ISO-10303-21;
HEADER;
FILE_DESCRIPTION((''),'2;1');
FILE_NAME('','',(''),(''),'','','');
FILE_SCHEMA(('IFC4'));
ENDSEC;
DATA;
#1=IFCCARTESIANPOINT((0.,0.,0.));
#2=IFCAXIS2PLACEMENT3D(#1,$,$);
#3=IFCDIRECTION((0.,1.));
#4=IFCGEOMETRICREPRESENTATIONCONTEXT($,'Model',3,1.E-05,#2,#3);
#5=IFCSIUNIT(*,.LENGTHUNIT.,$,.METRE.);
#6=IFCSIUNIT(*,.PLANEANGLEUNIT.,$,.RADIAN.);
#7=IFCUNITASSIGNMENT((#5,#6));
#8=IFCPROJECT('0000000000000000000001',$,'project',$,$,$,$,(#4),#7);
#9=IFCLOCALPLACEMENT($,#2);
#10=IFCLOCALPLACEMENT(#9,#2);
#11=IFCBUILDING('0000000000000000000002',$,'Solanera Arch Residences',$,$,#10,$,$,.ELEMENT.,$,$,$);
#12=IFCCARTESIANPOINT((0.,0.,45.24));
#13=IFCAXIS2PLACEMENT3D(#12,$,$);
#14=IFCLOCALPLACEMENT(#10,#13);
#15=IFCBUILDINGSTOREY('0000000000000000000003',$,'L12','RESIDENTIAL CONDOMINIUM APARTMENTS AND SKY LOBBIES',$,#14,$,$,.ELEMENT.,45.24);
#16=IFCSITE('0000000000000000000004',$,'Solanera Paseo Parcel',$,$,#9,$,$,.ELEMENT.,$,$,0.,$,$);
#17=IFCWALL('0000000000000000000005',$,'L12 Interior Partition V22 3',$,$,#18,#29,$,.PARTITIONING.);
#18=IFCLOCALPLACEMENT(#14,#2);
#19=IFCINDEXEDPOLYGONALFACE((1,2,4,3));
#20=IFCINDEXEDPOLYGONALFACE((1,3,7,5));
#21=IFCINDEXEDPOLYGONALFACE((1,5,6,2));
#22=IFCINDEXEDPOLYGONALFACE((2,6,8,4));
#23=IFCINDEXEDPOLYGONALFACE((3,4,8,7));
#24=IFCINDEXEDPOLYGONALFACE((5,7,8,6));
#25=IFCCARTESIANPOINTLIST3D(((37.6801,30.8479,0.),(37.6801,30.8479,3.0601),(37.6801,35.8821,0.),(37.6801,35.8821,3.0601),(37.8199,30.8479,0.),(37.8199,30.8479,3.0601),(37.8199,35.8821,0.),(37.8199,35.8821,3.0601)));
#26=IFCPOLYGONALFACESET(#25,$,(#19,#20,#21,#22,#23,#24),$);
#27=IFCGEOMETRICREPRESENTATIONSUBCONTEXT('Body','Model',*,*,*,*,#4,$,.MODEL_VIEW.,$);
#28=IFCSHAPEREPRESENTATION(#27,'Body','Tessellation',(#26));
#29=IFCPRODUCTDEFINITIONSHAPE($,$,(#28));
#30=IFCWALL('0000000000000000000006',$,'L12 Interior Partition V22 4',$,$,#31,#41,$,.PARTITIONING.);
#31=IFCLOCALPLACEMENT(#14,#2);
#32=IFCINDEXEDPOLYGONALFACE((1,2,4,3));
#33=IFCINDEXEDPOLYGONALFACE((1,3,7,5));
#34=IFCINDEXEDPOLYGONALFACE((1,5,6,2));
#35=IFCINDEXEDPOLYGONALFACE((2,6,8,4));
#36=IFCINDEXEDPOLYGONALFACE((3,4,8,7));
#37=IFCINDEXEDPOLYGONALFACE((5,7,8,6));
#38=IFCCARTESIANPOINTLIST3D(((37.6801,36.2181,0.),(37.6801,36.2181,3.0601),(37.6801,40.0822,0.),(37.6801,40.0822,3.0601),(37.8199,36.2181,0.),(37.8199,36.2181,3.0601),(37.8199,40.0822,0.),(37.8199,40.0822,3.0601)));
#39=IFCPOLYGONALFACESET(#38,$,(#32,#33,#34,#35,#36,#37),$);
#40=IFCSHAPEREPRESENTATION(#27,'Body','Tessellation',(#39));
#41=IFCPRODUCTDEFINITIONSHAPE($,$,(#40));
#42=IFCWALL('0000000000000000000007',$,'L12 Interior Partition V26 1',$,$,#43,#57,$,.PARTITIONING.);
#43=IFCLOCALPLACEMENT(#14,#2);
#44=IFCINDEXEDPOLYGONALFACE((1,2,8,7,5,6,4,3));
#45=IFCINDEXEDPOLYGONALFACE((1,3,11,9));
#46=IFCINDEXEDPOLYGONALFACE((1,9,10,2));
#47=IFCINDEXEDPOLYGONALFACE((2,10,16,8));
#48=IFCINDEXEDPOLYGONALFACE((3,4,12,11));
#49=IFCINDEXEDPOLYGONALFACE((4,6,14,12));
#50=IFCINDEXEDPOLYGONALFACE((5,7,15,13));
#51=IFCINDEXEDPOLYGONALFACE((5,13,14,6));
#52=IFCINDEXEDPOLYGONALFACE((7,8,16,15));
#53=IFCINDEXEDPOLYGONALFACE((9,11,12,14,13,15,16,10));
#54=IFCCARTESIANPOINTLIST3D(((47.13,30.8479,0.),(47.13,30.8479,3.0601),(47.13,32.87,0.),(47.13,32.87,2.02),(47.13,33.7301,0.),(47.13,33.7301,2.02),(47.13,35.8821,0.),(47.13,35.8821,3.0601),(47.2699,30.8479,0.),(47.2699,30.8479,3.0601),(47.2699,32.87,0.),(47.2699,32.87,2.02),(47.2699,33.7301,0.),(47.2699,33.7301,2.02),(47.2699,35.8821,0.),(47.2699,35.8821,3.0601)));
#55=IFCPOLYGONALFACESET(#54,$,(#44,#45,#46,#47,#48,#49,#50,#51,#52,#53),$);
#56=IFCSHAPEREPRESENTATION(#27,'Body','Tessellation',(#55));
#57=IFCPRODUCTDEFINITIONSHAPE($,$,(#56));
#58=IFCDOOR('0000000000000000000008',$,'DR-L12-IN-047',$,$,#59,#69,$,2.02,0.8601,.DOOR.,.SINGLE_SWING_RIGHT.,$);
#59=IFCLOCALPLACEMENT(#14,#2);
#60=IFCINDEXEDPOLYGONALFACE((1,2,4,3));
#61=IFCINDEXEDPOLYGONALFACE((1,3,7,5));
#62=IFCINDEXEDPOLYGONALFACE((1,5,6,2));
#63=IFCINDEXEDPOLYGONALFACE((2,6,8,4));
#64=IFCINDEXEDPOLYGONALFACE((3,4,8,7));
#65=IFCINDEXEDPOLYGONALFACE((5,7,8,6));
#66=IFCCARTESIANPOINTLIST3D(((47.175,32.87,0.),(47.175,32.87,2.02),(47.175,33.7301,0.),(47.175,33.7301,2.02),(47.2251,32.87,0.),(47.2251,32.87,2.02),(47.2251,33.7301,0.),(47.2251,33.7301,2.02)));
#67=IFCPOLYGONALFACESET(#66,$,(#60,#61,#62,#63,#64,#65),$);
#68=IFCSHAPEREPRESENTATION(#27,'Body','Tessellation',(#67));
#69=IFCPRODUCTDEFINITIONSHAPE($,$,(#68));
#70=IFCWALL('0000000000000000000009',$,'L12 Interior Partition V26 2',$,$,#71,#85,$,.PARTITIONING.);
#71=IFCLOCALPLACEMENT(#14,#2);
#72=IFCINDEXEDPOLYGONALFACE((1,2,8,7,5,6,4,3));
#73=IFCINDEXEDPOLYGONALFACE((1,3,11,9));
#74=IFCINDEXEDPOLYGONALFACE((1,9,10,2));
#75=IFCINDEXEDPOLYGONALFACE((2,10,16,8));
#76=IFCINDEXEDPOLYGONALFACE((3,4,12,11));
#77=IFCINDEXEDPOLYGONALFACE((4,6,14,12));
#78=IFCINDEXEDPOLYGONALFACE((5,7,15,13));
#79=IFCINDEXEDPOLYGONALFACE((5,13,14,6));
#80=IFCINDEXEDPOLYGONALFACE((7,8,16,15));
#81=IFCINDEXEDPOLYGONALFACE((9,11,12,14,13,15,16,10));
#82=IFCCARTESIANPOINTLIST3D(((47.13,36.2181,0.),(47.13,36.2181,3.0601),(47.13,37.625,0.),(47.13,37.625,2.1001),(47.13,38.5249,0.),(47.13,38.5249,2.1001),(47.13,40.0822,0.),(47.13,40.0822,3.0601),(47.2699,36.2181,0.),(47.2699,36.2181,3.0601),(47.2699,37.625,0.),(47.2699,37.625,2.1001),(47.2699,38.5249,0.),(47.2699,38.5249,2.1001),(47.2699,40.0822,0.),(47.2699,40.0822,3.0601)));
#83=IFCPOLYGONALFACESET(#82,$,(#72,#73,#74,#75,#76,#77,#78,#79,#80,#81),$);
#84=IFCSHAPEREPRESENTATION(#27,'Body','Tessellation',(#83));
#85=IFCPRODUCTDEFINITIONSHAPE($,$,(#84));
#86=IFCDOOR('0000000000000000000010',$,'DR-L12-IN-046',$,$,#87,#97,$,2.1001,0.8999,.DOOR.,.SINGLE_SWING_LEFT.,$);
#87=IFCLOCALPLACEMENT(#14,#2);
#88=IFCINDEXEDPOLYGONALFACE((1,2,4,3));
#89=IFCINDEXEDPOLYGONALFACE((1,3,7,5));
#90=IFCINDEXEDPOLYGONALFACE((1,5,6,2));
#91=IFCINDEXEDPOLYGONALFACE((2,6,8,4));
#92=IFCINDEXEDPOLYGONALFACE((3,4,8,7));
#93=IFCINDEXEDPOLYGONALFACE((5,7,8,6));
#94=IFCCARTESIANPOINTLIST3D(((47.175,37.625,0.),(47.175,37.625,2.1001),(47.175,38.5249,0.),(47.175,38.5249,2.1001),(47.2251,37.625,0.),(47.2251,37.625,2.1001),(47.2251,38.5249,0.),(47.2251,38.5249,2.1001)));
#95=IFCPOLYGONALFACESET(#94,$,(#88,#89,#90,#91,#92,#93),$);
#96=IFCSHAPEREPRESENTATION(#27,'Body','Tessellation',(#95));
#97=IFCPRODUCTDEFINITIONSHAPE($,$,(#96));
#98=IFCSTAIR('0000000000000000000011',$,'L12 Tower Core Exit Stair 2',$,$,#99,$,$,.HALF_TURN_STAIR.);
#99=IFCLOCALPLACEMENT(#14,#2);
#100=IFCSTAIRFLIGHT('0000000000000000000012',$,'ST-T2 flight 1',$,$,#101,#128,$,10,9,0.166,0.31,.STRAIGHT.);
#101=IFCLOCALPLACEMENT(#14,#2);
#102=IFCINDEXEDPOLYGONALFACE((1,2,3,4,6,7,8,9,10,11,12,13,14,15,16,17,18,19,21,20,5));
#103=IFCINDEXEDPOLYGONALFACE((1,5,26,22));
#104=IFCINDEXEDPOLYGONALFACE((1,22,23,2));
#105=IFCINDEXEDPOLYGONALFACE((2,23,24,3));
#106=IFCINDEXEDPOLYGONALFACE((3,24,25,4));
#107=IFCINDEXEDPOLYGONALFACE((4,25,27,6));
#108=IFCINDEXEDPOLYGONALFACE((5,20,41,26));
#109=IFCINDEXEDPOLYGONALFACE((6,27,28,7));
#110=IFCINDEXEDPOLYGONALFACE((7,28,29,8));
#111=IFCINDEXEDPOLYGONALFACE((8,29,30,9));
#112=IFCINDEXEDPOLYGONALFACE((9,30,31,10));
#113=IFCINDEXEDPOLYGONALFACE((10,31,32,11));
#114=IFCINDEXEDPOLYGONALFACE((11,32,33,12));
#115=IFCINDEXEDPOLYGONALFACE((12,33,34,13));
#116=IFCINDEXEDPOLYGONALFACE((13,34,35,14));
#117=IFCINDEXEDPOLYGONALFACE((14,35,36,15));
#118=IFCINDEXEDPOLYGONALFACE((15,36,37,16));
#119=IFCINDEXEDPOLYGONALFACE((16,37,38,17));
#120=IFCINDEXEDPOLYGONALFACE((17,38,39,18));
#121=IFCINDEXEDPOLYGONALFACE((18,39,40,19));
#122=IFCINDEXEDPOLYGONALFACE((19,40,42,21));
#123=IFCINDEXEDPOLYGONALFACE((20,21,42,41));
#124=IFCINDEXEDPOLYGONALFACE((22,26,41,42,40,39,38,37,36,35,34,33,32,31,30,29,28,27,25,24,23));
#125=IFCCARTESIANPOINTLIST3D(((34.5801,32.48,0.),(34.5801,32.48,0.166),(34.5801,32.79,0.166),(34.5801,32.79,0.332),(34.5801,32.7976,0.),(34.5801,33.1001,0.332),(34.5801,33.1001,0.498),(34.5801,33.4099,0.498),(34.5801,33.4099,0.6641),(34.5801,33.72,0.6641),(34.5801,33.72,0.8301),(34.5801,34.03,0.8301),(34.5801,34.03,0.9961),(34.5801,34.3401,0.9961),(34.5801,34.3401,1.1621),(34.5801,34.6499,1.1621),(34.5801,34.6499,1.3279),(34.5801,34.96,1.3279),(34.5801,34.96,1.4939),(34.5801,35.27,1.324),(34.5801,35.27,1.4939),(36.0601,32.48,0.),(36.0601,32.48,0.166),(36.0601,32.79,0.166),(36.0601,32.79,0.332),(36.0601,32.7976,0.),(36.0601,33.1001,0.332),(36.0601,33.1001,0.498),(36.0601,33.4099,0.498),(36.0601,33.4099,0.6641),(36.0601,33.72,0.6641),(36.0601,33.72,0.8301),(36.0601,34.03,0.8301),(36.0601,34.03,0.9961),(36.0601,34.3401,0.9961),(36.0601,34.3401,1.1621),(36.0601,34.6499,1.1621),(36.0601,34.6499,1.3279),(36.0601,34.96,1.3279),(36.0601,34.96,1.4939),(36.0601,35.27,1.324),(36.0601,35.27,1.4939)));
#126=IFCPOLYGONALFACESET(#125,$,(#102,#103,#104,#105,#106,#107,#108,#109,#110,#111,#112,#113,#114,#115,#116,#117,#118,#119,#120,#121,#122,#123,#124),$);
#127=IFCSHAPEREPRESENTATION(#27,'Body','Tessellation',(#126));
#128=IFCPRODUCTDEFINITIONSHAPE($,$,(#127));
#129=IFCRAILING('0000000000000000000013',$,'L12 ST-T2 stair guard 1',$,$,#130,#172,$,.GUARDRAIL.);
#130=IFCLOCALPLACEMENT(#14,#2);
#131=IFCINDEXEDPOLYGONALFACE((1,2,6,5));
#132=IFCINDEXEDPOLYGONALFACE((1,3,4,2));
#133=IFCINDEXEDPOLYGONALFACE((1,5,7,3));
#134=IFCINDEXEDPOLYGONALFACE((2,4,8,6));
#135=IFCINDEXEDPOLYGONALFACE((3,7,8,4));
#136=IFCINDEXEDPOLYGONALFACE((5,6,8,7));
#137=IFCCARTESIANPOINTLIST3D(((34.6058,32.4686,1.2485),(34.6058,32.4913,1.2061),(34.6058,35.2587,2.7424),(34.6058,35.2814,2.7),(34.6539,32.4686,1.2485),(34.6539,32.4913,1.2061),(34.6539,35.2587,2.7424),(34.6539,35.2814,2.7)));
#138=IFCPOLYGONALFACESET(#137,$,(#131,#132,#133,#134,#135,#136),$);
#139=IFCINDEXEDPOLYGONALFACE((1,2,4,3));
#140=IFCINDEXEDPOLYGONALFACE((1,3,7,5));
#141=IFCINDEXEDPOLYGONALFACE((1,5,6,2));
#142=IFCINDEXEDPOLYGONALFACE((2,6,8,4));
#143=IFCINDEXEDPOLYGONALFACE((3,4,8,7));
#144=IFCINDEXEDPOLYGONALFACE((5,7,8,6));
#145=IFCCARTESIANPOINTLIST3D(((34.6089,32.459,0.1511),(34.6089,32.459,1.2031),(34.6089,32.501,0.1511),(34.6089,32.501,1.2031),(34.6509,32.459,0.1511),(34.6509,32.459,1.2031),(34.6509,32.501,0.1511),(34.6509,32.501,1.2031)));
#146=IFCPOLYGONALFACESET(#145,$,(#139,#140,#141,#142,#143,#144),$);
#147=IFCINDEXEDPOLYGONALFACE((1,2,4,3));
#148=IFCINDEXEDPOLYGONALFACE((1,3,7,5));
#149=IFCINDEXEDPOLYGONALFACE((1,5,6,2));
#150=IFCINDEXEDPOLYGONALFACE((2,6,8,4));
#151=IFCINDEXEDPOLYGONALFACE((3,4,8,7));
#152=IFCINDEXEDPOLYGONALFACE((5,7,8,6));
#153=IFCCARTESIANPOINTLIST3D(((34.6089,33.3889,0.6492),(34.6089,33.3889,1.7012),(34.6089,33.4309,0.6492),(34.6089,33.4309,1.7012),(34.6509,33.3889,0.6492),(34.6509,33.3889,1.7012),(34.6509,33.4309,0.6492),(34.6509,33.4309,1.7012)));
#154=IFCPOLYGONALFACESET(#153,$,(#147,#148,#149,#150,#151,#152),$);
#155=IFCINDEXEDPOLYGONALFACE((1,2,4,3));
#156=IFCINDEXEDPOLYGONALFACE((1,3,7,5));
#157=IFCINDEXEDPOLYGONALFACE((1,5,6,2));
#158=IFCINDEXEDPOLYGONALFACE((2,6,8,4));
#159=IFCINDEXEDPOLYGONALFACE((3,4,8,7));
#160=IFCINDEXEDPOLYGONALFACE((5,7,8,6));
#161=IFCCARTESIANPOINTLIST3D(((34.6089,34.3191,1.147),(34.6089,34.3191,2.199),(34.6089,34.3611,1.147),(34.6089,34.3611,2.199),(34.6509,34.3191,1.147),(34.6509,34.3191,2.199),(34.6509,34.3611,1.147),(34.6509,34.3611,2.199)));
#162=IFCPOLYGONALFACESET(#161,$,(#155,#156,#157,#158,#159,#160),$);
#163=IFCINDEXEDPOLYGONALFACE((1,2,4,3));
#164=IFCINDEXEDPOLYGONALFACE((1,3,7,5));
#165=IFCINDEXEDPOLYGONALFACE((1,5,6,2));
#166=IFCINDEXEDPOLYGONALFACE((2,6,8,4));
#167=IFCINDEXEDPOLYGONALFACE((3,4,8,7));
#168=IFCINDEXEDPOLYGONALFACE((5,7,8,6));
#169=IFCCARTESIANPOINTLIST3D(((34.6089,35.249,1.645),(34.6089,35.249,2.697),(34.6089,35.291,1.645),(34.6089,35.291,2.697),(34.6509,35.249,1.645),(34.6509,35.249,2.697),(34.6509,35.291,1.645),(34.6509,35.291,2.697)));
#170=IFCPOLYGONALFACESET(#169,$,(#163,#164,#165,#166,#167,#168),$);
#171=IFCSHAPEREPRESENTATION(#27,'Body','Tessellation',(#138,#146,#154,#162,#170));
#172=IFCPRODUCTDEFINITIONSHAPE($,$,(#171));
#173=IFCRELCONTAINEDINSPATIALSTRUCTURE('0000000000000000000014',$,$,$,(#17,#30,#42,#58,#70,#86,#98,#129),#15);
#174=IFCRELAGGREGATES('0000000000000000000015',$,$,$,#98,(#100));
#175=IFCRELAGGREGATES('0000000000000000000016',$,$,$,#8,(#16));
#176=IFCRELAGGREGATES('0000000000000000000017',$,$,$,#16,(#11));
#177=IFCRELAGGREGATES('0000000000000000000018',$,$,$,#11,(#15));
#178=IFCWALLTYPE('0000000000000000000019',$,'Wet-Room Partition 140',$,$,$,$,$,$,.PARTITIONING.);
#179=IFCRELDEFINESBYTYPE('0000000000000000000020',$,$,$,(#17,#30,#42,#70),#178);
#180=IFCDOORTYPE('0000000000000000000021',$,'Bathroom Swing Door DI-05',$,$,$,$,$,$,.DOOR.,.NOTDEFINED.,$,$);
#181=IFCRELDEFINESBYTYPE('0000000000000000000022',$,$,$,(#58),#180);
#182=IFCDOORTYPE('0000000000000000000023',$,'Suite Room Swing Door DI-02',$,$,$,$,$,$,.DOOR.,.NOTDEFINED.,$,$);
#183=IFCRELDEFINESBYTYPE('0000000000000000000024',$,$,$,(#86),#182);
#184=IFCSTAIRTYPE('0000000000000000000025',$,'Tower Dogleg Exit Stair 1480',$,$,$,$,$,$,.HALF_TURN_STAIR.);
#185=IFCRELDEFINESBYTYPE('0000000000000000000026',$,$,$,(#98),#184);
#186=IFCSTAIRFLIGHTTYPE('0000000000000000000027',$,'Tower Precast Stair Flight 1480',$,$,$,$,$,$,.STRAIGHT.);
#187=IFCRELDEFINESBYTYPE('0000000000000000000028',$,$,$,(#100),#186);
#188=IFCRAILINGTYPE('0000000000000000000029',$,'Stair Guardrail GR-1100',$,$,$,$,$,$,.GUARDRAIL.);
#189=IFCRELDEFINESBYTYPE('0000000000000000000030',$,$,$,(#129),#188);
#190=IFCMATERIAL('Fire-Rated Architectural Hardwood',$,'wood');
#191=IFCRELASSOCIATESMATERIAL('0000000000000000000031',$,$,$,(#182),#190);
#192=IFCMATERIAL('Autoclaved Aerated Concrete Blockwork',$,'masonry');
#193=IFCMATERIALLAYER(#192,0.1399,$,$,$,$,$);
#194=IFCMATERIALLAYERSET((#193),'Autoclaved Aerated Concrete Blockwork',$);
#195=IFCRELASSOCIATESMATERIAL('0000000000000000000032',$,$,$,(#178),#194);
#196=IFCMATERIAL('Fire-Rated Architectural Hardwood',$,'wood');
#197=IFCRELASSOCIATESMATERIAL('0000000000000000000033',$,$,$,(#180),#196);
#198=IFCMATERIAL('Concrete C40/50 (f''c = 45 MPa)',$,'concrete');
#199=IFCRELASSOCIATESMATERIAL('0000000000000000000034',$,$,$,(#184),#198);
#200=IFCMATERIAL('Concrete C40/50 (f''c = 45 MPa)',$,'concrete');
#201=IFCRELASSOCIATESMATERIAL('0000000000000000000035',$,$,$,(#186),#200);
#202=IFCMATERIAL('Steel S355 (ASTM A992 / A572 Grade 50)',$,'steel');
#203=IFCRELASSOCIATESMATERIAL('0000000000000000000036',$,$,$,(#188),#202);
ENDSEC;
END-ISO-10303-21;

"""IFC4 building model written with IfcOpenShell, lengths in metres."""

from ifc_helpers import new_model, si_unit, direction, frame, frame_2d, origin, origin_2d, place, context, subcontext, project, spatial, polyline, rectangle, outline, extrude, material, layer, layer_set, type_object, element, fill, aggregate, save


model = new_model("IFC4")

# Units and contexts
model_context = context("Model", 3, precision=1e-05, world=origin(), true_north=direction((0.0, 1.0)))
body_context = subcontext(model_context, "Body", "Model", "MODEL_VIEW")
ifc_project = project(units=[si_unit("LENGTHUNIT", "METRE"), si_unit("PLANEANGLEUNIT", "RADIAN")], contexts=[model_context])

# Site, building, storey
site_placement = place(None, origin())
site = spatial("IfcSite", under=ifc_project, at=site_placement, Name="Solanera Paseo Parcel", CompositionType="ELEMENT", RefElevation=0.0)
building_placement = place(site_placement, origin())
building = spatial("IfcBuilding", under=site, at=building_placement, Name="Solanera Arch Residences", CompositionType="ELEMENT")
storey_placement = place(building_placement, frame((0.0, 0.0, 45.24)))
storey = spatial("IfcBuildingStorey", under=building, at=storey_placement, Name="L12", Description="RESIDENTIAL CONDOMINIUM APARTMENTS AND SKY LOBBIES", CompositionType="ELEMENT", Elevation=45.24)

# Shared definitions
ifc_material_1 = material(Name="Fire-Rated Architectural Hardwood", Category="wood")
door_type_1 = type_object("IfcDoorType", Name="Suite Room Swing Door DI-02", OperationType="NOTDEFINED", PredefinedType="DOOR", material=ifc_material_1)

# Walls
ifc_material_2 = material(Name="Autoclaved Aerated Concrete Blockwork", Category="masonry")
ifc_layer_1 = layer(ifc_material_2, 0.1399)
ifc_layer_set_1 = layer_set([ifc_layer_1], Name="Autoclaved Aerated Concrete Blockwork")
wall_type_1 = type_object("IfcWallType", Name="Wet-Room Partition 140", PredefinedType="PARTITIONING", material=ifc_layer_set_1)
wall_1_placement = place(storey_placement, frame((37.75, 30.8479, 0.0), z_axis=(0.0, 0.0, 1.0), x_axis=(0.0, 1.0, 0.0)))
element("IfcWall", 1, at=wall_1_placement, inside=storey, type_object=wall_type_1, Name="L12 Interior Partition V22 3", PredefinedType="PARTITIONING", context=body_context, shape_type="SweptSolid", body=[
    extrude(rectangle(XDim=5.0342, YDim=0.1399, at=frame_2d((2.5171, 0.0))), origin(), (0.0, 0.0, 1.0), 3.0601),
])
wall_2_placement = place(storey_placement, frame((37.75, 36.218, 0.0), z_axis=(0.0, 0.0, 1.0), x_axis=(0.0, 1.0, 0.0)))
element("IfcWall", 2, at=wall_2_placement, inside=storey, type_object=wall_type_1, Name="L12 Interior Partition V22 4", PredefinedType="PARTITIONING", context=body_context, shape_type="SweptSolid", body=[
    extrude(rectangle(XDim=3.864, YDim=0.1399, at=frame_2d((1.9321, 0.0))), origin(), (0.0, 0.0, 1.0), 3.0601),
])

# Walls, openings, doors
wall_3_placement = place(storey_placement, frame((47.2, 30.8479, 0.0), z_axis=(0.0, 0.0, 1.0), x_axis=(0.0, 1.0, 0.0)))
wall_3 = element("IfcWall", 3, at=wall_3_placement, inside=storey, type_object=wall_type_1, Name="L12 Interior Partition V26 1", PredefinedType="PARTITIONING", context=body_context, shape_type="SweptSolid", body=[
    extrude(rectangle(XDim=5.0342, YDim=0.1399, at=frame_2d((2.5171, 0.0))), origin(), (0.0, 0.0, 1.0), 3.0601),
])
opening_1_placement = place(wall_3_placement, frame((2.022, 0.0, 0.0)))
opening_1 = element("IfcOpeningElement", 4, at=opening_1_placement, cuts=wall_3, PredefinedType="OPENING", context=body_context, shape_type="SweptSolid", body=[
    extrude(rectangle(XDim=0.8601, YDim=2.02, at=frame_2d((0.4302, 1.01))), frame((0.0, 0.0798, 0.0), z_axis=(0.0, -1.0, 0.0), x_axis=(1.0, 0.0, 0.0)), (0.0, 0.0, 1.0), 0.1599),
])
ifc_material_3 = material(Name="Fire-Rated Architectural Hardwood", Category="wood")
door_type_2 = type_object("IfcDoorType", Name="Bathroom Swing Door DI-05", OperationType="NOTDEFINED", PredefinedType="DOOR", material=ifc_material_3)
door_1_placement = place(opening_1_placement, origin())
door_1 = element("IfcDoor", 5, at=door_1_placement, inside=storey, type_object=door_type_2, Name="DR-L12-IN-047", OperationType="SINGLE_SWING_RIGHT", OverallHeight=2.02, OverallWidth=0.8601, PredefinedType="DOOR", context=body_context, shape_type="SweptSolid", body=[
    extrude(rectangle(XDim=0.8601, YDim=2.02, at=frame_2d((0.4302, 1.01))), frame((0.0, 0.0249, 0.0), z_axis=(0.0, -1.0, 0.0), x_axis=(1.0, 0.0, 0.0)), (0.0, 0.0, 1.0), 0.05),
])
fill(opening_1, door_1)
wall_4_placement = place(storey_placement, frame((47.2, 36.218, 0.0), z_axis=(0.0, 0.0, 1.0), x_axis=(0.0, 1.0, 0.0)))
wall_4 = element("IfcWall", 6, at=wall_4_placement, inside=storey, type_object=wall_type_1, Name="L12 Interior Partition V26 2", PredefinedType="PARTITIONING", context=body_context, shape_type="SweptSolid", body=[
    extrude(rectangle(XDim=3.864, YDim=0.1399, at=frame_2d((1.9321, 0.0))), origin(), (0.0, 0.0, 1.0), 3.0601),
])
opening_2_placement = place(wall_4_placement, frame((1.407, 0.0, 0.0)))
opening_2 = element("IfcOpeningElement", 7, at=opening_2_placement, cuts=wall_4, PredefinedType="OPENING", context=body_context, shape_type="SweptSolid", body=[
    extrude(rectangle(XDim=0.8999, YDim=2.1001, at=frame_2d((0.45, 1.05))), frame((0.0, 0.0798, 0.0), z_axis=(0.0, -1.0, 0.0), x_axis=(1.0, 0.0, 0.0)), (0.0, 0.0, 1.0), 0.1599),
])
door_2_placement = place(opening_2_placement, origin())
door_2 = element("IfcDoor", 8, at=door_2_placement, inside=storey, type_object=door_type_1, Name="DR-L12-IN-046", OperationType="SINGLE_SWING_LEFT", OverallHeight=2.1001, OverallWidth=0.8999, PredefinedType="DOOR", context=body_context, shape_type="SweptSolid", body=[
    extrude(rectangle(XDim=0.8999, YDim=2.1001, at=frame_2d((0.45, 1.05))), frame((0.0, 0.0249, 0.0), z_axis=(0.0, -1.0, 0.0), x_axis=(1.0, 0.0, 0.0)), (0.0, 0.0, 1.0), 0.05),
])
fill(opening_2, door_2)

# Stair, stair flight
ifc_material_4 = material(Name="Concrete C40/50 (f'c = 45 MPa)", Category="concrete")
stair_type = type_object("IfcStairType", Name="Tower Dogleg Exit Stair 1480", PredefinedType="HALF_TURN_STAIR", material=ifc_material_4)
stair_placement = place(storey_placement, origin())
stair = element("IfcStair", 9, at=stair_placement, inside=storey, type_object=stair_type, Name="L12 Tower Core Exit Stair 2", PredefinedType="HALF_TURN_STAIR")
ifc_material_5 = material(Name="Concrete C40/50 (f'c = 45 MPa)", Category="concrete")
stair_flight_type = type_object("IfcStairFlightType", Name="Tower Precast Stair Flight 1480", PredefinedType="STRAIGHT", material=ifc_material_5)
stair_flight_placement = place(storey_placement, frame((35.3201, 32.48, 0.0), z_axis=(0.0, 0.0, 1.0), x_axis=(0.0, 1.0, 0.0)))
stair_flight = element("IfcStairFlight", 10, at=stair_flight_placement, type_object=stair_flight_type, Name="ST-T2 flight 1", NumberOfRisers=10, NumberOfTreads=9, PredefinedType="STRAIGHT", RiserHeight=0.166, TreadLength=0.31, context=body_context, shape_type="SweptSolid", body=[
    extrude(outline(polyline([(0.0, 0.0), (0.0, 0.166), (0.3101, 0.166), (0.3101, 0.332), (0.6201, 0.332), (0.6201, 0.498), (0.9299, 0.498), (0.9299, 0.6641), (1.24, 0.6641), (1.24, 0.8301), (1.55, 0.8301), (1.55, 0.9961), (1.8601, 0.9961), (1.8601, 1.1621), (2.1699, 1.1621), (2.1699, 1.3279), (2.48, 1.3279), (2.48, 1.4939), (2.79, 1.4939), (2.79, 1.6599), (2.79, 1.324), (0.3176, 0.0), (0.0, 0.0)])), frame((0.0, 0.74, 0.0), z_axis=(0.0, -1.0, 0.0), x_axis=(1.0, 0.0, 0.0)), (0.0, 0.0, 1.0), 1.48),
])
aggregate(stair, [stair_flight])

# Railing
ifc_material_6 = material(Name="Steel S355 (ASTM A992 / A572 Grade 50)", Category="steel")
railing_type_1 = type_object("IfcRailingType", Name="Stair Guardrail GR-1100", PredefinedType="GUARDRAIL", material=ifc_material_6)
railing_1_placement = place(storey_placement, frame((34.6299, 32.48, 0.1511)))
element("IfcRailing", 11, at=railing_1_placement, inside=storey, type_object=railing_type_1, Name="L12 ST-T2 stair guard 1", PredefinedType="GUARDRAIL", context=body_context, shape_type="SweptSolid", body=[
    extrude(rectangle(XDim=0.0481, YDim=0.0481, at=origin_2d()), frame((0.0, 0.0, 1.0762), z_axis=(0.0, 0.881581, 0.472033), x_axis=(-1.0, 0.0, 0.0)), (0.0, 0.0, 1.0), 3.1648),
    extrude(rectangle(XDim=0.042, YDim=0.042, at=origin_2d()), origin(), (0.0, 0.0, 1.0), 1.052),
    extrude(rectangle(XDim=0.042, YDim=0.042, at=origin_2d()), frame((0.0, 0.9299, 0.498)), (0.0, 0.0, 1.0), 1.052),
    extrude(rectangle(XDim=0.042, YDim=0.042, at=origin_2d()), frame((0.0, 1.8601, 0.9958)), (0.0, 0.0, 1.0), 1.052),
    extrude(rectangle(XDim=0.042, YDim=0.042, at=origin_2d()), frame((0.0, 2.79, 1.4939)), (0.0, 0.0, 1.0), 1.052),
])

save(model, "model.ifc")
